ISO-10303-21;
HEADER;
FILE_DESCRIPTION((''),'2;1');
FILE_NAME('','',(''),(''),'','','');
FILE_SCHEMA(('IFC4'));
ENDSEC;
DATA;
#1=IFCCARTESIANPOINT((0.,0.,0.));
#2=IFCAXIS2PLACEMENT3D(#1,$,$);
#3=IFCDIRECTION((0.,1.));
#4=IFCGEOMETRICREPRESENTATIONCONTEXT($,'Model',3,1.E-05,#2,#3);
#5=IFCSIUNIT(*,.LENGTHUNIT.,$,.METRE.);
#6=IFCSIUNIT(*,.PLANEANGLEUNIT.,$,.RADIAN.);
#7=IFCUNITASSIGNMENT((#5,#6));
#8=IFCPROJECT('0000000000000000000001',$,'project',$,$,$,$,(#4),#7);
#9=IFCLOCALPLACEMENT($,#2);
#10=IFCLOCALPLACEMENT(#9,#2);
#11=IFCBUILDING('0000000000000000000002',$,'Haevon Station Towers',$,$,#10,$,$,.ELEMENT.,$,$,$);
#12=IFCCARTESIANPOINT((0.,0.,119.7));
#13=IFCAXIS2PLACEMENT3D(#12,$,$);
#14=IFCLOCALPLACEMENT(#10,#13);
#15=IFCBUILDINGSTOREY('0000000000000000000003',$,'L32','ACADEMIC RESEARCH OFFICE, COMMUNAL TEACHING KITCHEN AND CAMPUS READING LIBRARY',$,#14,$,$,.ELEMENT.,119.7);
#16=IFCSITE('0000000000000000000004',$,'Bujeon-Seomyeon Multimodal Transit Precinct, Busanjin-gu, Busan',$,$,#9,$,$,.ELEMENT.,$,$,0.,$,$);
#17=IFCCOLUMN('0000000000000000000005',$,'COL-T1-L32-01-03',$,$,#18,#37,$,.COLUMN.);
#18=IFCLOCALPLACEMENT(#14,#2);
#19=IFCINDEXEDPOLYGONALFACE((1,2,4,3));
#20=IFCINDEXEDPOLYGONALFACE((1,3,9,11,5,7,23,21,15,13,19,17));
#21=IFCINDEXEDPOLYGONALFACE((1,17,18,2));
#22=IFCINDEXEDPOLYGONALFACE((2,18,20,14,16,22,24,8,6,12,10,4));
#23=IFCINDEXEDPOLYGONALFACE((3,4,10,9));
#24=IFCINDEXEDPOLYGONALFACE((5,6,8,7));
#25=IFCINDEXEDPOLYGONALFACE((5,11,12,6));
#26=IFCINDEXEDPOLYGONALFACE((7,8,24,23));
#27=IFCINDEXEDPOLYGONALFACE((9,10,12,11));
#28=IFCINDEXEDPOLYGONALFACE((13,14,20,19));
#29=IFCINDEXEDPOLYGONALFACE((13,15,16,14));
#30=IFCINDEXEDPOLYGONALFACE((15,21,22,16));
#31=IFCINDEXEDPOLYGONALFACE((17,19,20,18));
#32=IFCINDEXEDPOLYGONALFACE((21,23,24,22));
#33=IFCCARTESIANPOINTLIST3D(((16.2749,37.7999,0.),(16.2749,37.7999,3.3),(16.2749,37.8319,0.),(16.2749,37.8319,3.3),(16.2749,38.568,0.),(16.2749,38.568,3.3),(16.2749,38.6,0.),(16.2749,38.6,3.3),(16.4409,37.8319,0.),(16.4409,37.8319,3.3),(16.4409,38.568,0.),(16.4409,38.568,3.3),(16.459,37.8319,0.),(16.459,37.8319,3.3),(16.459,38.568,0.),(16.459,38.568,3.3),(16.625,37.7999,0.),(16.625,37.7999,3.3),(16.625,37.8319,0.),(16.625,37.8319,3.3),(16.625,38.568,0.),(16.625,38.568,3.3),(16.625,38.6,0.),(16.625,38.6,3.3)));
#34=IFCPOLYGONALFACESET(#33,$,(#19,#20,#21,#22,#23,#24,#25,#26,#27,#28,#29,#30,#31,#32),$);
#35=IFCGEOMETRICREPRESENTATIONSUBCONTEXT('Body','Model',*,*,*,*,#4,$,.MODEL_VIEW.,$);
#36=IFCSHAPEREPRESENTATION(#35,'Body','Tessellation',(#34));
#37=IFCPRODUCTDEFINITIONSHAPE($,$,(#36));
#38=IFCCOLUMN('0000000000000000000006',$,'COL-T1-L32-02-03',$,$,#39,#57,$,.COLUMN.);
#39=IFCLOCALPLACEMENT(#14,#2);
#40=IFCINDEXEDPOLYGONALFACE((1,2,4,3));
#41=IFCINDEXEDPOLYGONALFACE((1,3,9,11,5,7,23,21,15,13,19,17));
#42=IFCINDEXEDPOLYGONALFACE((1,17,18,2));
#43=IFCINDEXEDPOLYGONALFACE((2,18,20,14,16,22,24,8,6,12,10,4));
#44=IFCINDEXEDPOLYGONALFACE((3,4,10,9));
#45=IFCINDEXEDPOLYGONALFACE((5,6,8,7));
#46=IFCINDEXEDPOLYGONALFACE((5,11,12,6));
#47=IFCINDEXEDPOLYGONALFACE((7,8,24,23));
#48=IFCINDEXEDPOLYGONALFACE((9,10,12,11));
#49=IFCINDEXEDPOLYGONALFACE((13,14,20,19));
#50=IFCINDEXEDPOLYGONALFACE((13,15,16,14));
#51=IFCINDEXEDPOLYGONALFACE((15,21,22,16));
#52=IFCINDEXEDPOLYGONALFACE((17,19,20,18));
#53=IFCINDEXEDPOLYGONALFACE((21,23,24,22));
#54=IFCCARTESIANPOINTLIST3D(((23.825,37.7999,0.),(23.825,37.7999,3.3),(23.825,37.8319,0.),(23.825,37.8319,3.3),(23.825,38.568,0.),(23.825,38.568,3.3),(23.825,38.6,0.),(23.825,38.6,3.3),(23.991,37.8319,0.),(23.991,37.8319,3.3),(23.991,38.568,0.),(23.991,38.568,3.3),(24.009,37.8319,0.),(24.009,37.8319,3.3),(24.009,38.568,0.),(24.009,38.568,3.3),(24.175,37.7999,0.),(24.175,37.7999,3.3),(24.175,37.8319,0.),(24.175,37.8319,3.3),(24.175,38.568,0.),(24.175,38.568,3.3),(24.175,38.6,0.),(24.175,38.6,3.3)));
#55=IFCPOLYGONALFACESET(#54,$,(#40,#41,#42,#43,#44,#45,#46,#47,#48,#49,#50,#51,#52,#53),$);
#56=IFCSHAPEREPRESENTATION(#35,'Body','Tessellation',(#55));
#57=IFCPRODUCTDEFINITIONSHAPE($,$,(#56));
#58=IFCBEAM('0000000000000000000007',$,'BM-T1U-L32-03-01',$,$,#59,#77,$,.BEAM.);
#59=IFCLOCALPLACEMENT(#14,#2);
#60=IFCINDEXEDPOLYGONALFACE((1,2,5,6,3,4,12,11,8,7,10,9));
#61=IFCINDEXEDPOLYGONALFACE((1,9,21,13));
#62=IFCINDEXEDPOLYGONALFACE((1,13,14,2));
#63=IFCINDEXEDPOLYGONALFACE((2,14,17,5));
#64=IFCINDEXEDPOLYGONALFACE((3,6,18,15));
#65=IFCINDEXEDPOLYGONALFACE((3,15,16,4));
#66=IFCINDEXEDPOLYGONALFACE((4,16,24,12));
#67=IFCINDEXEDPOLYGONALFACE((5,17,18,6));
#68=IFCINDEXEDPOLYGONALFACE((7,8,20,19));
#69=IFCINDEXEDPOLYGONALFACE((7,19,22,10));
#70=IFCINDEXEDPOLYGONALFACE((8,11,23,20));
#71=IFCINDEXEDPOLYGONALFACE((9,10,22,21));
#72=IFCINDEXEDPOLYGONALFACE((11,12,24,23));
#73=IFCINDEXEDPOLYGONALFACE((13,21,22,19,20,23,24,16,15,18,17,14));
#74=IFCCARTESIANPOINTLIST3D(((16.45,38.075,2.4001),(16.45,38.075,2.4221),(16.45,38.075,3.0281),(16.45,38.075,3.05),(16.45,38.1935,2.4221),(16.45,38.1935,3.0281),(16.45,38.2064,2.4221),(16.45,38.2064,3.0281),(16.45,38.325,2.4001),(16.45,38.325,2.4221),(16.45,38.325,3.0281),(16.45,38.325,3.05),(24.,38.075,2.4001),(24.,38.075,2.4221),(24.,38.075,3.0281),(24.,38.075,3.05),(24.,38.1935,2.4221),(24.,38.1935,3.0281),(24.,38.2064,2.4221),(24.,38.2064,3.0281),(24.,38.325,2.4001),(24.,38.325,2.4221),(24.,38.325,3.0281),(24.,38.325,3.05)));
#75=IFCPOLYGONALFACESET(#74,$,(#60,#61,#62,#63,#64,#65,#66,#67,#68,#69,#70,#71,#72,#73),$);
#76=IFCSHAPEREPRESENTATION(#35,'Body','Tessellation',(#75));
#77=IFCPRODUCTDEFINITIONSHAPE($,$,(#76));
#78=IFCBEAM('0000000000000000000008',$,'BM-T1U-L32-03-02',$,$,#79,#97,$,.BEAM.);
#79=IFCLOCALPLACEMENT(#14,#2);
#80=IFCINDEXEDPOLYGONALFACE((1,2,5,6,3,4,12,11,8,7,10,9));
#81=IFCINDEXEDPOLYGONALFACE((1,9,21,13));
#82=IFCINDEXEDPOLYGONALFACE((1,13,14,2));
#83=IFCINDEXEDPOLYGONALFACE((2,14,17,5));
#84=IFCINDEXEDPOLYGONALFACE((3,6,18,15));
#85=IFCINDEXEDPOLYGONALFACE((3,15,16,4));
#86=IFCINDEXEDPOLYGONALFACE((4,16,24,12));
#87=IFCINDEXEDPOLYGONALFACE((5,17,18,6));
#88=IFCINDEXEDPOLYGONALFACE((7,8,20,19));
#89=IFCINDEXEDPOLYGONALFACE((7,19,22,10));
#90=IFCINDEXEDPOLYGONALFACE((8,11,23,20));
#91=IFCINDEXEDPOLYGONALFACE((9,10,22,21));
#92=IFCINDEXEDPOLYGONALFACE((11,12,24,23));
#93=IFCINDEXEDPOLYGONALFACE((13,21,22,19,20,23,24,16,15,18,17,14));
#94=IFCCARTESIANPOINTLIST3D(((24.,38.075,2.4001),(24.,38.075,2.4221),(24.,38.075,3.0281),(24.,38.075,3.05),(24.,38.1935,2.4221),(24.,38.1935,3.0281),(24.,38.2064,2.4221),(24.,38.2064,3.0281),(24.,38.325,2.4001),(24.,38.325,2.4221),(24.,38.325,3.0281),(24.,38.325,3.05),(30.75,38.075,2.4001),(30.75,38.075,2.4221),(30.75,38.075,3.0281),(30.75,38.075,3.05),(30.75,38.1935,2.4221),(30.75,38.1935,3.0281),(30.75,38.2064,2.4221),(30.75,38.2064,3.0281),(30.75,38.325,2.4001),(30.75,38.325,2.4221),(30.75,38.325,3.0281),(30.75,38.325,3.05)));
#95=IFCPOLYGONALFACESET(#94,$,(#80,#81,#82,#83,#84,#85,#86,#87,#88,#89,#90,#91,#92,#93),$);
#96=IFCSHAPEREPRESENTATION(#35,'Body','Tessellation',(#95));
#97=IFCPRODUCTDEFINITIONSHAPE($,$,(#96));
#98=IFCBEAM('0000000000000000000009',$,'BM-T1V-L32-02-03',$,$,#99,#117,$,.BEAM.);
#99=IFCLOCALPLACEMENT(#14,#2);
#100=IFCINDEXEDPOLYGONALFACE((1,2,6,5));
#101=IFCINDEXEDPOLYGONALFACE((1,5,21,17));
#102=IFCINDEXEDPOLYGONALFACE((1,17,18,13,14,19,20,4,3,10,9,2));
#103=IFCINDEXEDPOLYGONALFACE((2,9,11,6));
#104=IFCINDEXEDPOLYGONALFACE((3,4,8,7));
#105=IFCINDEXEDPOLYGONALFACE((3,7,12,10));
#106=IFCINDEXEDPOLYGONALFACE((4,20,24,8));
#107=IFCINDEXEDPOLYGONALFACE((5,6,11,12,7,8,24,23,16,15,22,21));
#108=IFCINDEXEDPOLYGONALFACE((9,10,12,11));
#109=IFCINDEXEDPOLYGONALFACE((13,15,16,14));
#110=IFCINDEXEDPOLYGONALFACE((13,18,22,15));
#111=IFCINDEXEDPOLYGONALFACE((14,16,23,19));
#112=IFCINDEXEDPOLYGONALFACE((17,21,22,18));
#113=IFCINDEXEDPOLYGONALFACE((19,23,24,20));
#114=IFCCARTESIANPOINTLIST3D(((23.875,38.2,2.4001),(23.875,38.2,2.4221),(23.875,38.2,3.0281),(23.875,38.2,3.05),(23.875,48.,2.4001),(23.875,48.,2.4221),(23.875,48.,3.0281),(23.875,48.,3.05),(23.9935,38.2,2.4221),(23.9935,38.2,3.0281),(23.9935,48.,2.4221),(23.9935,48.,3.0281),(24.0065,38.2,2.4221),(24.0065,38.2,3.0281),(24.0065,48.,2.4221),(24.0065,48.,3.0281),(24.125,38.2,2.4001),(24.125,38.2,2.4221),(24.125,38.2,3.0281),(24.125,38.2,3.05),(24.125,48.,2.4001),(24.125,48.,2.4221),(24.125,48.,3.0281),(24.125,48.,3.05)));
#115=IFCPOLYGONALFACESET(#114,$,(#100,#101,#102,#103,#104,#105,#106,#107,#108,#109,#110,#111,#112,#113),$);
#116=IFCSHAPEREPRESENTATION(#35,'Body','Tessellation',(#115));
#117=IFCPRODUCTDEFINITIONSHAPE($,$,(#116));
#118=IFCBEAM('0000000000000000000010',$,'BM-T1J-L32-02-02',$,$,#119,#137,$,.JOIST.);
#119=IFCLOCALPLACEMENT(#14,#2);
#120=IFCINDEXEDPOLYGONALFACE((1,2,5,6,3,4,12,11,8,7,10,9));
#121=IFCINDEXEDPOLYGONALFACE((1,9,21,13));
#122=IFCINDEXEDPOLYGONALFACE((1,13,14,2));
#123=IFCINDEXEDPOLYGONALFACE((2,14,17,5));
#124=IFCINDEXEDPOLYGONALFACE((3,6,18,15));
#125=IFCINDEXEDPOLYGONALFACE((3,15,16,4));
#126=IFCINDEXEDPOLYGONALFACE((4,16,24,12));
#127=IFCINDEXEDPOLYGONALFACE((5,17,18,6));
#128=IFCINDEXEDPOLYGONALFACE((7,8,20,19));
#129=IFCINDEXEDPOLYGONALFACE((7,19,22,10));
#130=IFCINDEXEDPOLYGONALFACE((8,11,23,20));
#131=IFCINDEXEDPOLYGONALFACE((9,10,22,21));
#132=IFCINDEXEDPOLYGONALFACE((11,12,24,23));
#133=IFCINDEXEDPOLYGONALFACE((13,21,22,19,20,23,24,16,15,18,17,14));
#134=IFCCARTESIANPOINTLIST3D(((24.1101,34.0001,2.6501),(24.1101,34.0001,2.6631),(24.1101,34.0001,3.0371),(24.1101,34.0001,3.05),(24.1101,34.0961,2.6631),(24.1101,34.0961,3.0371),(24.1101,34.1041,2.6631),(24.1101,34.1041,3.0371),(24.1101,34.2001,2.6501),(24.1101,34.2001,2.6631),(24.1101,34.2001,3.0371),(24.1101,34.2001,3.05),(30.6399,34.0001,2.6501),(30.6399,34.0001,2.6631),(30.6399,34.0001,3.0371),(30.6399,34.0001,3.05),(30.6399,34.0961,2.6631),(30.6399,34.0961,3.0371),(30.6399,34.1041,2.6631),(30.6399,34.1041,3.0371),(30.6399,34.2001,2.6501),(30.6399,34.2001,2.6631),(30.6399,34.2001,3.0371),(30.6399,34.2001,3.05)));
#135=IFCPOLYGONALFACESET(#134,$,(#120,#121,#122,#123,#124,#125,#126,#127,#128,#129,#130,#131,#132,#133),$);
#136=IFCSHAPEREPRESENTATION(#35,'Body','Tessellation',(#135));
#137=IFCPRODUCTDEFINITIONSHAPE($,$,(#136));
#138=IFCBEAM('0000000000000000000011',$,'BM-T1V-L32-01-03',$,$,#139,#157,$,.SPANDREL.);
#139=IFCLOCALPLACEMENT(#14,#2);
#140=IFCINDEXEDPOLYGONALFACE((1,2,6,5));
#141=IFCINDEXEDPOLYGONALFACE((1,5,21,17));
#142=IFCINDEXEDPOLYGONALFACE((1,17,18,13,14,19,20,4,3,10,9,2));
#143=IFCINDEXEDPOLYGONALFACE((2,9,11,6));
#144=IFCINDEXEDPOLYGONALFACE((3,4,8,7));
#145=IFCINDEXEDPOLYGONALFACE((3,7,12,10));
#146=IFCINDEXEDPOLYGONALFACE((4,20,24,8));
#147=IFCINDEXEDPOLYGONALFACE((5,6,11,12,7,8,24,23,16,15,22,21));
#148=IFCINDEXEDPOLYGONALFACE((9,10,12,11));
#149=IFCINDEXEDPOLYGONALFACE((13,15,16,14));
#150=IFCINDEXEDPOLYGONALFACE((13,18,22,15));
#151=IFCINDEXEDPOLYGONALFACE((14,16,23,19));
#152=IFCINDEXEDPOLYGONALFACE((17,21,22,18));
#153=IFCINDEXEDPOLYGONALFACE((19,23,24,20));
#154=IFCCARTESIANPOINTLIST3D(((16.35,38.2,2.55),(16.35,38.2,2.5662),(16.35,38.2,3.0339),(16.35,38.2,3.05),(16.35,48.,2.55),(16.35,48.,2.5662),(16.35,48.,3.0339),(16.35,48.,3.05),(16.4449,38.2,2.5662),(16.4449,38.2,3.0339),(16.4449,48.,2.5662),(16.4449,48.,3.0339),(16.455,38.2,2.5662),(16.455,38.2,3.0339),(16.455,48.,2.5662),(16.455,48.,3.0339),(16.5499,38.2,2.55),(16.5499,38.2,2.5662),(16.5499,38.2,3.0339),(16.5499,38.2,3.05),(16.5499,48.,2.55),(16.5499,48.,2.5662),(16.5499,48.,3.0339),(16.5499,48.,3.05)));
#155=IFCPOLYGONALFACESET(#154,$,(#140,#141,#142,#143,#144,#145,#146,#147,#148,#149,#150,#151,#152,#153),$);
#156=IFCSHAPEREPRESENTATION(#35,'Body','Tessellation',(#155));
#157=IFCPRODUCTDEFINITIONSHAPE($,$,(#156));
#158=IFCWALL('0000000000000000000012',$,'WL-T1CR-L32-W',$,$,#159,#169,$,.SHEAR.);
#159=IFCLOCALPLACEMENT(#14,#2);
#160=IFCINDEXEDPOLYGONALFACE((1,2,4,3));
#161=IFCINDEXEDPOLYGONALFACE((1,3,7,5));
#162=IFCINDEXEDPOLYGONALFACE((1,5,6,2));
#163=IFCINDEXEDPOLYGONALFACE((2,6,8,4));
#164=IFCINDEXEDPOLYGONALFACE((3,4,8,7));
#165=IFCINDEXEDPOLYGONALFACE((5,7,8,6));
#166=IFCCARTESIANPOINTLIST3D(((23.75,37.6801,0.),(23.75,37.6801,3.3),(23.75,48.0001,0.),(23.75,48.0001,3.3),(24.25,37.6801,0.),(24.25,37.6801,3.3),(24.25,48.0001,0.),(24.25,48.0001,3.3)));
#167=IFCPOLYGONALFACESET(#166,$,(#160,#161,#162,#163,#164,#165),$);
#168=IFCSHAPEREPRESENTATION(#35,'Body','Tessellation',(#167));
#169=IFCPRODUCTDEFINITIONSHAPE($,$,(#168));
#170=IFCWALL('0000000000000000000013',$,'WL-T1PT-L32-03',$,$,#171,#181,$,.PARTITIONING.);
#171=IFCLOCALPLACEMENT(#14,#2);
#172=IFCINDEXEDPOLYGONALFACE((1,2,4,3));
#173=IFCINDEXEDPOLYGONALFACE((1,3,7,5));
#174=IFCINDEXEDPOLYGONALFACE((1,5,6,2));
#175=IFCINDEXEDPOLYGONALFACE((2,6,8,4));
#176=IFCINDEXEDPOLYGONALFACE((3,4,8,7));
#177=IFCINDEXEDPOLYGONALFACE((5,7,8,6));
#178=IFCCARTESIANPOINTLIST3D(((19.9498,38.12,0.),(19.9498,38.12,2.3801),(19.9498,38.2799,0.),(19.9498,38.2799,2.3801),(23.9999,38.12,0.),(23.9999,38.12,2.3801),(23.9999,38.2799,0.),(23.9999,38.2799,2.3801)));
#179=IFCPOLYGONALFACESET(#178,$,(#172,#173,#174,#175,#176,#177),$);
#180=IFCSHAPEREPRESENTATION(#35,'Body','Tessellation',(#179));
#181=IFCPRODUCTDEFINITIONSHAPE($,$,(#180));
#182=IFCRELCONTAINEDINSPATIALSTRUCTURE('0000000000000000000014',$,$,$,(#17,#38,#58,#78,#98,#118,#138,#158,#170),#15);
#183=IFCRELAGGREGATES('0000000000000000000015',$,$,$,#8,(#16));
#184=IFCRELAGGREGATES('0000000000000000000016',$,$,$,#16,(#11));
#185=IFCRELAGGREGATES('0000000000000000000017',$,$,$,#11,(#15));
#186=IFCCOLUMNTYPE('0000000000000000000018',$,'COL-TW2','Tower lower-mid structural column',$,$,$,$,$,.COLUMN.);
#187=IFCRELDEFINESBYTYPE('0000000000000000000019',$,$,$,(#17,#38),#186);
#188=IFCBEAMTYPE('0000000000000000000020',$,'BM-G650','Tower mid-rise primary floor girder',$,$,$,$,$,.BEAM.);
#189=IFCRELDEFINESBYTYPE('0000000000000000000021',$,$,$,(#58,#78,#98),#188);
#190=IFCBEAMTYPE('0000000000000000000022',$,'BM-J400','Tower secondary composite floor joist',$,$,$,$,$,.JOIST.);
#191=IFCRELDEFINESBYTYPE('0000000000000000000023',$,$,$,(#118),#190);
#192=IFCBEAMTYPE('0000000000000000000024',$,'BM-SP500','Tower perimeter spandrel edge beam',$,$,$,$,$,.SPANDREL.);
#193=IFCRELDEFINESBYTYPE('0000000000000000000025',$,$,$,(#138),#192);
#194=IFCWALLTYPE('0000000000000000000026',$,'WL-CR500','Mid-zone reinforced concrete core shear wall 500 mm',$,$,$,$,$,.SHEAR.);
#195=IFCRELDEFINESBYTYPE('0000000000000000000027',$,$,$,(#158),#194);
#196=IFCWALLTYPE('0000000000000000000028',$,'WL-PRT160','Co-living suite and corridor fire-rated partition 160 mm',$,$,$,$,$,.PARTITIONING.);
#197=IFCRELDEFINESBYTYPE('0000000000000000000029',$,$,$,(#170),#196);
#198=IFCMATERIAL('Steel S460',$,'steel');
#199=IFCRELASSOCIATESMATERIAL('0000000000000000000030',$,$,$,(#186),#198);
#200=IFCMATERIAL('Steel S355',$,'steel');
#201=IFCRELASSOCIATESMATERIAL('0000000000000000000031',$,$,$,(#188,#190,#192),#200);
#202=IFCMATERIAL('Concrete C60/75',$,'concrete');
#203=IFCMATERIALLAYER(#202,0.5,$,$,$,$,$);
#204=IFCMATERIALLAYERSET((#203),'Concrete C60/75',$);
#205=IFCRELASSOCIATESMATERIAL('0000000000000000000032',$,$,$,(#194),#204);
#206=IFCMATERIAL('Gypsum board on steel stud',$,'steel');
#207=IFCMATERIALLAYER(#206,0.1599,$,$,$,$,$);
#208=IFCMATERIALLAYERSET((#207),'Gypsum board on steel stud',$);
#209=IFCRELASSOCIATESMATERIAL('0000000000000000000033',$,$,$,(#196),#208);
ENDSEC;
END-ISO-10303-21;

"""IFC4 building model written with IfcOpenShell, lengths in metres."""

from ifc_helpers import new_model, si_unit, direction, frame, frame_2d, origin, origin_2d, place, context, subcontext, project, spatial, rectangle, i_section, extrude, material, layer, layer_set, material_profile, profile_set, type_object, element, save


model = new_model("IFC4")

# Units and contexts
model_context = context("Model", 3, precision=1e-05, world=origin(), true_north=direction((0.0, 1.0)))
body_context = subcontext(model_context, "Body", "Model", "MODEL_VIEW")
ifc_project = project(units=[si_unit("LENGTHUNIT", "METRE"), si_unit("PLANEANGLEUNIT", "RADIAN")], contexts=[model_context])

# Site, building, storey
site_placement = place(None, origin())
site = spatial("IfcSite", under=ifc_project, at=site_placement, Name="Bujeon-Seomyeon Multimodal Transit Precinct, Busanjin-gu, Busan", CompositionType="ELEMENT", RefElevation=0.0)
building_placement = place(site_placement, origin())
building = spatial("IfcBuilding", under=site, at=building_placement, Name="Haevon Station Towers", CompositionType="ELEMENT")
storey_placement = place(building_placement, frame((0.0, 0.0, 119.7)))
storey = spatial("IfcBuildingStorey", under=building, at=storey_placement, Name="L32", Description="ACADEMIC RESEARCH OFFICE, COMMUNAL TEACHING KITCHEN AND CAMPUS READING LIBRARY", CompositionType="ELEMENT", Elevation=119.7)

# Columns
ifc_material_1 = material(Name="Steel S460", Category="steel")
ifc_material_profile_1 = material_profile(ifc_material_1, i_section(OverallWidth=0.3501, OverallDepth=0.8, WebThickness=0.0181, FlangeThickness=0.032, at=origin_2d()), Name="H-800x350x18x32")
ifc_profile_set_1 = profile_set([ifc_material_profile_1], Name="Steel S460")
column_type = type_object("IfcColumnType", Name="COL-TW2", Description="Tower lower-mid structural column", PredefinedType="COLUMN", material=ifc_profile_set_1)
for number, where, z_axis, x_axis, name in (
    (1, (16.45, 38.2, 0.0), (0.0, 0.0, 1.0), (1.0, 0.0, 0.0), "COL-T1-L32-01-03"),
    (2, (24.0, 38.2, 0.0), (0.0, 0.0, 1.0), (1.0, 0.0, 0.0), "COL-T1-L32-02-03"),
):
    element("IfcColumn", number, at=place(storey_placement, frame(where, z_axis=z_axis, x_axis=x_axis)), inside=storey, type_object=column_type, Name=name, PredefinedType="COLUMN", context=body_context, shape_type="SweptSolid", body=[
        extrude(i_section(OverallWidth=0.3501, OverallDepth=0.8, WebThickness=0.0181, FlangeThickness=0.032, at=origin_2d()), origin(), (0.0, 0.0, 1.0), 3.3),
    ])

# Beams
ifc_material_2 = material(Name="Steel S355", Category="steel")
ifc_material_profile_2 = material_profile(ifc_material_2, i_section(OverallWidth=0.25, OverallDepth=0.6499, WebThickness=0.0129, FlangeThickness=0.022, at=origin_2d()), Name="H-650x250x13x22")
ifc_profile_set_2 = profile_set([ifc_material_profile_2], Name="Steel S355")
beam_type_1 = type_object("IfcBeamType", Name="BM-G650", Description="Tower mid-rise primary floor girder", PredefinedType="BEAM", material=ifc_profile_set_2)
beam_1_placement = place(storey_placement, frame((16.45, 38.2, 2.7251), z_axis=(1.0, 0.0, 0.0), x_axis=(0.0, 1.0, 0.0)))
element("IfcBeam", 3, at=beam_1_placement, inside=storey, type_object=beam_type_1, Name="BM-T1U-L32-03-01", PredefinedType="BEAM", context=body_context, shape_type="SweptSolid", body=[
    extrude(i_section(OverallWidth=0.25, OverallDepth=0.6499, WebThickness=0.0129, FlangeThickness=0.022, at=origin_2d()), origin(), (0.0, 0.0, 1.0), 7.55),
])
beam_2_placement = place(storey_placement, frame((24.0, 38.2, 2.7251), z_axis=(1.0, 0.0, 0.0), x_axis=(0.0, 1.0, 0.0)))
element("IfcBeam", 4, at=beam_2_placement, inside=storey, type_object=beam_type_1, Name="BM-T1U-L32-03-02", PredefinedType="BEAM", context=body_context, shape_type="SweptSolid", body=[
    extrude(i_section(OverallWidth=0.25, OverallDepth=0.6499, WebThickness=0.0129, FlangeThickness=0.022, at=origin_2d()), origin(), (0.0, 0.0, 1.0), 6.75),
])
beam_3_placement = place(storey_placement, frame((24.0, 38.2, 2.7251), z_axis=(0.0, 1.0, 0.0), x_axis=(-1.0, 0.0, 0.0)))
element("IfcBeam", 5, at=beam_3_placement, inside=storey, type_object=beam_type_1, Name="BM-T1V-L32-02-03", PredefinedType="BEAM", context=body_context, shape_type="SweptSolid", body=[
    extrude(i_section(OverallWidth=0.25, OverallDepth=0.6499, WebThickness=0.0129, FlangeThickness=0.022, at=origin_2d()), origin(), (0.0, 0.0, 1.0), 9.8),
])
ifc_material_profile_3 = material_profile(ifc_material_2, i_section(OverallWidth=0.2, OverallDepth=0.3999, WebThickness=0.0081, FlangeThickness=0.0129, at=origin_2d()), Name="H-400x200x8x13")
ifc_profile_set_3 = profile_set([ifc_material_profile_3], Name="Steel S355")
beam_type_2 = type_object("IfcBeamType", Name="BM-J400", Description="Tower secondary composite floor joist", PredefinedType="JOIST", material=ifc_profile_set_3)
beam_4_placement = place(storey_placement, frame((24.1101, 34.1001, 2.8501), z_axis=(1.0, 0.0, 0.0), x_axis=(0.0, 1.0, 0.0)))
element("IfcBeam", 6, at=beam_4_placement, inside=storey, type_object=beam_type_2, Name="BM-T1J-L32-02-02", PredefinedType="JOIST", context=body_context, shape_type="SweptSolid", body=[
    extrude(i_section(OverallWidth=0.2, OverallDepth=0.3999, WebThickness=0.0081, FlangeThickness=0.0129, at=origin_2d()), origin(), (0.0, 0.0, 1.0), 6.5298),
])
ifc_material_profile_4 = material_profile(ifc_material_2, i_section(OverallWidth=0.2, OverallDepth=0.5, WebThickness=0.01, FlangeThickness=0.0161, at=origin_2d()), Name="H-500x200x10x16")
ifc_profile_set_4 = profile_set([ifc_material_profile_4], Name="Steel S355")
beam_type_3 = type_object("IfcBeamType", Name="BM-SP500", Description="Tower perimeter spandrel edge beam", PredefinedType="SPANDREL", material=ifc_profile_set_4)
beam_5_placement = place(storey_placement, frame((16.45, 38.2, 2.8), z_axis=(0.0, 1.0, 0.0), x_axis=(-1.0, 0.0, 0.0)))
element("IfcBeam", 7, at=beam_5_placement, inside=storey, type_object=beam_type_3, Name="BM-T1V-L32-01-03", PredefinedType="SPANDREL", context=body_context, shape_type="SweptSolid", body=[
    extrude(i_section(OverallWidth=0.2, OverallDepth=0.5, WebThickness=0.01, FlangeThickness=0.0161, at=origin_2d()), origin(), (0.0, 0.0, 1.0), 9.8),
])

# Walls
ifc_material_3 = material(Name="Concrete C60/75", Category="concrete")
ifc_layer_1 = layer(ifc_material_3, 0.5)
ifc_layer_set_1 = layer_set([ifc_layer_1], Name="Concrete C60/75")
wall_type_1 = type_object("IfcWallType", Name="WL-CR500", Description="Mid-zone reinforced concrete core shear wall 500 mm", PredefinedType="SHEAR", material=ifc_layer_set_1)
wall_1_placement = place(storey_placement, frame((24.0, 37.6799, 0.0), z_axis=(0.0, 0.0, 1.0), x_axis=(0.0, 1.0, 0.0)))
element("IfcWall", 8, at=wall_1_placement, inside=storey, type_object=wall_type_1, Name="WL-T1CR-L32-W", PredefinedType="SHEAR", context=body_context, shape_type="SweptSolid", body=[
    extrude(rectangle(XDim=10.3201, YDim=0.5, at=frame_2d((5.1602, 0.0))), origin(), (0.0, 0.0, 1.0), 3.3),
])
ifc_material_4 = material(Name="Gypsum board on steel stud", Category="steel")
ifc_layer_2 = layer(ifc_material_4, 0.1599)
ifc_layer_set_2 = layer_set([ifc_layer_2], Name="Gypsum board on steel stud")
wall_type_2 = type_object("IfcWallType", Name="WL-PRT160", Description="Co-living suite and corridor fire-rated partition 160 mm", PredefinedType="PARTITIONING", material=ifc_layer_set_2)
wall_2_placement = place(storey_placement, frame((19.95, 38.2, 0.0), z_axis=(0.0, 0.0, 1.0), x_axis=(1.0, 0.0, 0.0)))
element("IfcWall", 9, at=wall_2_placement, inside=storey, type_object=wall_type_2, Name="WL-T1PT-L32-03", PredefinedType="PARTITIONING", context=body_context, shape_type="SweptSolid", body=[
    extrude(rectangle(XDim=4.05, YDim=0.1599, at=frame_2d((2.0249, 0.0))), origin(), (0.0, 0.0, 1.0), 2.3801),
])

save(model, "model.ifc")
